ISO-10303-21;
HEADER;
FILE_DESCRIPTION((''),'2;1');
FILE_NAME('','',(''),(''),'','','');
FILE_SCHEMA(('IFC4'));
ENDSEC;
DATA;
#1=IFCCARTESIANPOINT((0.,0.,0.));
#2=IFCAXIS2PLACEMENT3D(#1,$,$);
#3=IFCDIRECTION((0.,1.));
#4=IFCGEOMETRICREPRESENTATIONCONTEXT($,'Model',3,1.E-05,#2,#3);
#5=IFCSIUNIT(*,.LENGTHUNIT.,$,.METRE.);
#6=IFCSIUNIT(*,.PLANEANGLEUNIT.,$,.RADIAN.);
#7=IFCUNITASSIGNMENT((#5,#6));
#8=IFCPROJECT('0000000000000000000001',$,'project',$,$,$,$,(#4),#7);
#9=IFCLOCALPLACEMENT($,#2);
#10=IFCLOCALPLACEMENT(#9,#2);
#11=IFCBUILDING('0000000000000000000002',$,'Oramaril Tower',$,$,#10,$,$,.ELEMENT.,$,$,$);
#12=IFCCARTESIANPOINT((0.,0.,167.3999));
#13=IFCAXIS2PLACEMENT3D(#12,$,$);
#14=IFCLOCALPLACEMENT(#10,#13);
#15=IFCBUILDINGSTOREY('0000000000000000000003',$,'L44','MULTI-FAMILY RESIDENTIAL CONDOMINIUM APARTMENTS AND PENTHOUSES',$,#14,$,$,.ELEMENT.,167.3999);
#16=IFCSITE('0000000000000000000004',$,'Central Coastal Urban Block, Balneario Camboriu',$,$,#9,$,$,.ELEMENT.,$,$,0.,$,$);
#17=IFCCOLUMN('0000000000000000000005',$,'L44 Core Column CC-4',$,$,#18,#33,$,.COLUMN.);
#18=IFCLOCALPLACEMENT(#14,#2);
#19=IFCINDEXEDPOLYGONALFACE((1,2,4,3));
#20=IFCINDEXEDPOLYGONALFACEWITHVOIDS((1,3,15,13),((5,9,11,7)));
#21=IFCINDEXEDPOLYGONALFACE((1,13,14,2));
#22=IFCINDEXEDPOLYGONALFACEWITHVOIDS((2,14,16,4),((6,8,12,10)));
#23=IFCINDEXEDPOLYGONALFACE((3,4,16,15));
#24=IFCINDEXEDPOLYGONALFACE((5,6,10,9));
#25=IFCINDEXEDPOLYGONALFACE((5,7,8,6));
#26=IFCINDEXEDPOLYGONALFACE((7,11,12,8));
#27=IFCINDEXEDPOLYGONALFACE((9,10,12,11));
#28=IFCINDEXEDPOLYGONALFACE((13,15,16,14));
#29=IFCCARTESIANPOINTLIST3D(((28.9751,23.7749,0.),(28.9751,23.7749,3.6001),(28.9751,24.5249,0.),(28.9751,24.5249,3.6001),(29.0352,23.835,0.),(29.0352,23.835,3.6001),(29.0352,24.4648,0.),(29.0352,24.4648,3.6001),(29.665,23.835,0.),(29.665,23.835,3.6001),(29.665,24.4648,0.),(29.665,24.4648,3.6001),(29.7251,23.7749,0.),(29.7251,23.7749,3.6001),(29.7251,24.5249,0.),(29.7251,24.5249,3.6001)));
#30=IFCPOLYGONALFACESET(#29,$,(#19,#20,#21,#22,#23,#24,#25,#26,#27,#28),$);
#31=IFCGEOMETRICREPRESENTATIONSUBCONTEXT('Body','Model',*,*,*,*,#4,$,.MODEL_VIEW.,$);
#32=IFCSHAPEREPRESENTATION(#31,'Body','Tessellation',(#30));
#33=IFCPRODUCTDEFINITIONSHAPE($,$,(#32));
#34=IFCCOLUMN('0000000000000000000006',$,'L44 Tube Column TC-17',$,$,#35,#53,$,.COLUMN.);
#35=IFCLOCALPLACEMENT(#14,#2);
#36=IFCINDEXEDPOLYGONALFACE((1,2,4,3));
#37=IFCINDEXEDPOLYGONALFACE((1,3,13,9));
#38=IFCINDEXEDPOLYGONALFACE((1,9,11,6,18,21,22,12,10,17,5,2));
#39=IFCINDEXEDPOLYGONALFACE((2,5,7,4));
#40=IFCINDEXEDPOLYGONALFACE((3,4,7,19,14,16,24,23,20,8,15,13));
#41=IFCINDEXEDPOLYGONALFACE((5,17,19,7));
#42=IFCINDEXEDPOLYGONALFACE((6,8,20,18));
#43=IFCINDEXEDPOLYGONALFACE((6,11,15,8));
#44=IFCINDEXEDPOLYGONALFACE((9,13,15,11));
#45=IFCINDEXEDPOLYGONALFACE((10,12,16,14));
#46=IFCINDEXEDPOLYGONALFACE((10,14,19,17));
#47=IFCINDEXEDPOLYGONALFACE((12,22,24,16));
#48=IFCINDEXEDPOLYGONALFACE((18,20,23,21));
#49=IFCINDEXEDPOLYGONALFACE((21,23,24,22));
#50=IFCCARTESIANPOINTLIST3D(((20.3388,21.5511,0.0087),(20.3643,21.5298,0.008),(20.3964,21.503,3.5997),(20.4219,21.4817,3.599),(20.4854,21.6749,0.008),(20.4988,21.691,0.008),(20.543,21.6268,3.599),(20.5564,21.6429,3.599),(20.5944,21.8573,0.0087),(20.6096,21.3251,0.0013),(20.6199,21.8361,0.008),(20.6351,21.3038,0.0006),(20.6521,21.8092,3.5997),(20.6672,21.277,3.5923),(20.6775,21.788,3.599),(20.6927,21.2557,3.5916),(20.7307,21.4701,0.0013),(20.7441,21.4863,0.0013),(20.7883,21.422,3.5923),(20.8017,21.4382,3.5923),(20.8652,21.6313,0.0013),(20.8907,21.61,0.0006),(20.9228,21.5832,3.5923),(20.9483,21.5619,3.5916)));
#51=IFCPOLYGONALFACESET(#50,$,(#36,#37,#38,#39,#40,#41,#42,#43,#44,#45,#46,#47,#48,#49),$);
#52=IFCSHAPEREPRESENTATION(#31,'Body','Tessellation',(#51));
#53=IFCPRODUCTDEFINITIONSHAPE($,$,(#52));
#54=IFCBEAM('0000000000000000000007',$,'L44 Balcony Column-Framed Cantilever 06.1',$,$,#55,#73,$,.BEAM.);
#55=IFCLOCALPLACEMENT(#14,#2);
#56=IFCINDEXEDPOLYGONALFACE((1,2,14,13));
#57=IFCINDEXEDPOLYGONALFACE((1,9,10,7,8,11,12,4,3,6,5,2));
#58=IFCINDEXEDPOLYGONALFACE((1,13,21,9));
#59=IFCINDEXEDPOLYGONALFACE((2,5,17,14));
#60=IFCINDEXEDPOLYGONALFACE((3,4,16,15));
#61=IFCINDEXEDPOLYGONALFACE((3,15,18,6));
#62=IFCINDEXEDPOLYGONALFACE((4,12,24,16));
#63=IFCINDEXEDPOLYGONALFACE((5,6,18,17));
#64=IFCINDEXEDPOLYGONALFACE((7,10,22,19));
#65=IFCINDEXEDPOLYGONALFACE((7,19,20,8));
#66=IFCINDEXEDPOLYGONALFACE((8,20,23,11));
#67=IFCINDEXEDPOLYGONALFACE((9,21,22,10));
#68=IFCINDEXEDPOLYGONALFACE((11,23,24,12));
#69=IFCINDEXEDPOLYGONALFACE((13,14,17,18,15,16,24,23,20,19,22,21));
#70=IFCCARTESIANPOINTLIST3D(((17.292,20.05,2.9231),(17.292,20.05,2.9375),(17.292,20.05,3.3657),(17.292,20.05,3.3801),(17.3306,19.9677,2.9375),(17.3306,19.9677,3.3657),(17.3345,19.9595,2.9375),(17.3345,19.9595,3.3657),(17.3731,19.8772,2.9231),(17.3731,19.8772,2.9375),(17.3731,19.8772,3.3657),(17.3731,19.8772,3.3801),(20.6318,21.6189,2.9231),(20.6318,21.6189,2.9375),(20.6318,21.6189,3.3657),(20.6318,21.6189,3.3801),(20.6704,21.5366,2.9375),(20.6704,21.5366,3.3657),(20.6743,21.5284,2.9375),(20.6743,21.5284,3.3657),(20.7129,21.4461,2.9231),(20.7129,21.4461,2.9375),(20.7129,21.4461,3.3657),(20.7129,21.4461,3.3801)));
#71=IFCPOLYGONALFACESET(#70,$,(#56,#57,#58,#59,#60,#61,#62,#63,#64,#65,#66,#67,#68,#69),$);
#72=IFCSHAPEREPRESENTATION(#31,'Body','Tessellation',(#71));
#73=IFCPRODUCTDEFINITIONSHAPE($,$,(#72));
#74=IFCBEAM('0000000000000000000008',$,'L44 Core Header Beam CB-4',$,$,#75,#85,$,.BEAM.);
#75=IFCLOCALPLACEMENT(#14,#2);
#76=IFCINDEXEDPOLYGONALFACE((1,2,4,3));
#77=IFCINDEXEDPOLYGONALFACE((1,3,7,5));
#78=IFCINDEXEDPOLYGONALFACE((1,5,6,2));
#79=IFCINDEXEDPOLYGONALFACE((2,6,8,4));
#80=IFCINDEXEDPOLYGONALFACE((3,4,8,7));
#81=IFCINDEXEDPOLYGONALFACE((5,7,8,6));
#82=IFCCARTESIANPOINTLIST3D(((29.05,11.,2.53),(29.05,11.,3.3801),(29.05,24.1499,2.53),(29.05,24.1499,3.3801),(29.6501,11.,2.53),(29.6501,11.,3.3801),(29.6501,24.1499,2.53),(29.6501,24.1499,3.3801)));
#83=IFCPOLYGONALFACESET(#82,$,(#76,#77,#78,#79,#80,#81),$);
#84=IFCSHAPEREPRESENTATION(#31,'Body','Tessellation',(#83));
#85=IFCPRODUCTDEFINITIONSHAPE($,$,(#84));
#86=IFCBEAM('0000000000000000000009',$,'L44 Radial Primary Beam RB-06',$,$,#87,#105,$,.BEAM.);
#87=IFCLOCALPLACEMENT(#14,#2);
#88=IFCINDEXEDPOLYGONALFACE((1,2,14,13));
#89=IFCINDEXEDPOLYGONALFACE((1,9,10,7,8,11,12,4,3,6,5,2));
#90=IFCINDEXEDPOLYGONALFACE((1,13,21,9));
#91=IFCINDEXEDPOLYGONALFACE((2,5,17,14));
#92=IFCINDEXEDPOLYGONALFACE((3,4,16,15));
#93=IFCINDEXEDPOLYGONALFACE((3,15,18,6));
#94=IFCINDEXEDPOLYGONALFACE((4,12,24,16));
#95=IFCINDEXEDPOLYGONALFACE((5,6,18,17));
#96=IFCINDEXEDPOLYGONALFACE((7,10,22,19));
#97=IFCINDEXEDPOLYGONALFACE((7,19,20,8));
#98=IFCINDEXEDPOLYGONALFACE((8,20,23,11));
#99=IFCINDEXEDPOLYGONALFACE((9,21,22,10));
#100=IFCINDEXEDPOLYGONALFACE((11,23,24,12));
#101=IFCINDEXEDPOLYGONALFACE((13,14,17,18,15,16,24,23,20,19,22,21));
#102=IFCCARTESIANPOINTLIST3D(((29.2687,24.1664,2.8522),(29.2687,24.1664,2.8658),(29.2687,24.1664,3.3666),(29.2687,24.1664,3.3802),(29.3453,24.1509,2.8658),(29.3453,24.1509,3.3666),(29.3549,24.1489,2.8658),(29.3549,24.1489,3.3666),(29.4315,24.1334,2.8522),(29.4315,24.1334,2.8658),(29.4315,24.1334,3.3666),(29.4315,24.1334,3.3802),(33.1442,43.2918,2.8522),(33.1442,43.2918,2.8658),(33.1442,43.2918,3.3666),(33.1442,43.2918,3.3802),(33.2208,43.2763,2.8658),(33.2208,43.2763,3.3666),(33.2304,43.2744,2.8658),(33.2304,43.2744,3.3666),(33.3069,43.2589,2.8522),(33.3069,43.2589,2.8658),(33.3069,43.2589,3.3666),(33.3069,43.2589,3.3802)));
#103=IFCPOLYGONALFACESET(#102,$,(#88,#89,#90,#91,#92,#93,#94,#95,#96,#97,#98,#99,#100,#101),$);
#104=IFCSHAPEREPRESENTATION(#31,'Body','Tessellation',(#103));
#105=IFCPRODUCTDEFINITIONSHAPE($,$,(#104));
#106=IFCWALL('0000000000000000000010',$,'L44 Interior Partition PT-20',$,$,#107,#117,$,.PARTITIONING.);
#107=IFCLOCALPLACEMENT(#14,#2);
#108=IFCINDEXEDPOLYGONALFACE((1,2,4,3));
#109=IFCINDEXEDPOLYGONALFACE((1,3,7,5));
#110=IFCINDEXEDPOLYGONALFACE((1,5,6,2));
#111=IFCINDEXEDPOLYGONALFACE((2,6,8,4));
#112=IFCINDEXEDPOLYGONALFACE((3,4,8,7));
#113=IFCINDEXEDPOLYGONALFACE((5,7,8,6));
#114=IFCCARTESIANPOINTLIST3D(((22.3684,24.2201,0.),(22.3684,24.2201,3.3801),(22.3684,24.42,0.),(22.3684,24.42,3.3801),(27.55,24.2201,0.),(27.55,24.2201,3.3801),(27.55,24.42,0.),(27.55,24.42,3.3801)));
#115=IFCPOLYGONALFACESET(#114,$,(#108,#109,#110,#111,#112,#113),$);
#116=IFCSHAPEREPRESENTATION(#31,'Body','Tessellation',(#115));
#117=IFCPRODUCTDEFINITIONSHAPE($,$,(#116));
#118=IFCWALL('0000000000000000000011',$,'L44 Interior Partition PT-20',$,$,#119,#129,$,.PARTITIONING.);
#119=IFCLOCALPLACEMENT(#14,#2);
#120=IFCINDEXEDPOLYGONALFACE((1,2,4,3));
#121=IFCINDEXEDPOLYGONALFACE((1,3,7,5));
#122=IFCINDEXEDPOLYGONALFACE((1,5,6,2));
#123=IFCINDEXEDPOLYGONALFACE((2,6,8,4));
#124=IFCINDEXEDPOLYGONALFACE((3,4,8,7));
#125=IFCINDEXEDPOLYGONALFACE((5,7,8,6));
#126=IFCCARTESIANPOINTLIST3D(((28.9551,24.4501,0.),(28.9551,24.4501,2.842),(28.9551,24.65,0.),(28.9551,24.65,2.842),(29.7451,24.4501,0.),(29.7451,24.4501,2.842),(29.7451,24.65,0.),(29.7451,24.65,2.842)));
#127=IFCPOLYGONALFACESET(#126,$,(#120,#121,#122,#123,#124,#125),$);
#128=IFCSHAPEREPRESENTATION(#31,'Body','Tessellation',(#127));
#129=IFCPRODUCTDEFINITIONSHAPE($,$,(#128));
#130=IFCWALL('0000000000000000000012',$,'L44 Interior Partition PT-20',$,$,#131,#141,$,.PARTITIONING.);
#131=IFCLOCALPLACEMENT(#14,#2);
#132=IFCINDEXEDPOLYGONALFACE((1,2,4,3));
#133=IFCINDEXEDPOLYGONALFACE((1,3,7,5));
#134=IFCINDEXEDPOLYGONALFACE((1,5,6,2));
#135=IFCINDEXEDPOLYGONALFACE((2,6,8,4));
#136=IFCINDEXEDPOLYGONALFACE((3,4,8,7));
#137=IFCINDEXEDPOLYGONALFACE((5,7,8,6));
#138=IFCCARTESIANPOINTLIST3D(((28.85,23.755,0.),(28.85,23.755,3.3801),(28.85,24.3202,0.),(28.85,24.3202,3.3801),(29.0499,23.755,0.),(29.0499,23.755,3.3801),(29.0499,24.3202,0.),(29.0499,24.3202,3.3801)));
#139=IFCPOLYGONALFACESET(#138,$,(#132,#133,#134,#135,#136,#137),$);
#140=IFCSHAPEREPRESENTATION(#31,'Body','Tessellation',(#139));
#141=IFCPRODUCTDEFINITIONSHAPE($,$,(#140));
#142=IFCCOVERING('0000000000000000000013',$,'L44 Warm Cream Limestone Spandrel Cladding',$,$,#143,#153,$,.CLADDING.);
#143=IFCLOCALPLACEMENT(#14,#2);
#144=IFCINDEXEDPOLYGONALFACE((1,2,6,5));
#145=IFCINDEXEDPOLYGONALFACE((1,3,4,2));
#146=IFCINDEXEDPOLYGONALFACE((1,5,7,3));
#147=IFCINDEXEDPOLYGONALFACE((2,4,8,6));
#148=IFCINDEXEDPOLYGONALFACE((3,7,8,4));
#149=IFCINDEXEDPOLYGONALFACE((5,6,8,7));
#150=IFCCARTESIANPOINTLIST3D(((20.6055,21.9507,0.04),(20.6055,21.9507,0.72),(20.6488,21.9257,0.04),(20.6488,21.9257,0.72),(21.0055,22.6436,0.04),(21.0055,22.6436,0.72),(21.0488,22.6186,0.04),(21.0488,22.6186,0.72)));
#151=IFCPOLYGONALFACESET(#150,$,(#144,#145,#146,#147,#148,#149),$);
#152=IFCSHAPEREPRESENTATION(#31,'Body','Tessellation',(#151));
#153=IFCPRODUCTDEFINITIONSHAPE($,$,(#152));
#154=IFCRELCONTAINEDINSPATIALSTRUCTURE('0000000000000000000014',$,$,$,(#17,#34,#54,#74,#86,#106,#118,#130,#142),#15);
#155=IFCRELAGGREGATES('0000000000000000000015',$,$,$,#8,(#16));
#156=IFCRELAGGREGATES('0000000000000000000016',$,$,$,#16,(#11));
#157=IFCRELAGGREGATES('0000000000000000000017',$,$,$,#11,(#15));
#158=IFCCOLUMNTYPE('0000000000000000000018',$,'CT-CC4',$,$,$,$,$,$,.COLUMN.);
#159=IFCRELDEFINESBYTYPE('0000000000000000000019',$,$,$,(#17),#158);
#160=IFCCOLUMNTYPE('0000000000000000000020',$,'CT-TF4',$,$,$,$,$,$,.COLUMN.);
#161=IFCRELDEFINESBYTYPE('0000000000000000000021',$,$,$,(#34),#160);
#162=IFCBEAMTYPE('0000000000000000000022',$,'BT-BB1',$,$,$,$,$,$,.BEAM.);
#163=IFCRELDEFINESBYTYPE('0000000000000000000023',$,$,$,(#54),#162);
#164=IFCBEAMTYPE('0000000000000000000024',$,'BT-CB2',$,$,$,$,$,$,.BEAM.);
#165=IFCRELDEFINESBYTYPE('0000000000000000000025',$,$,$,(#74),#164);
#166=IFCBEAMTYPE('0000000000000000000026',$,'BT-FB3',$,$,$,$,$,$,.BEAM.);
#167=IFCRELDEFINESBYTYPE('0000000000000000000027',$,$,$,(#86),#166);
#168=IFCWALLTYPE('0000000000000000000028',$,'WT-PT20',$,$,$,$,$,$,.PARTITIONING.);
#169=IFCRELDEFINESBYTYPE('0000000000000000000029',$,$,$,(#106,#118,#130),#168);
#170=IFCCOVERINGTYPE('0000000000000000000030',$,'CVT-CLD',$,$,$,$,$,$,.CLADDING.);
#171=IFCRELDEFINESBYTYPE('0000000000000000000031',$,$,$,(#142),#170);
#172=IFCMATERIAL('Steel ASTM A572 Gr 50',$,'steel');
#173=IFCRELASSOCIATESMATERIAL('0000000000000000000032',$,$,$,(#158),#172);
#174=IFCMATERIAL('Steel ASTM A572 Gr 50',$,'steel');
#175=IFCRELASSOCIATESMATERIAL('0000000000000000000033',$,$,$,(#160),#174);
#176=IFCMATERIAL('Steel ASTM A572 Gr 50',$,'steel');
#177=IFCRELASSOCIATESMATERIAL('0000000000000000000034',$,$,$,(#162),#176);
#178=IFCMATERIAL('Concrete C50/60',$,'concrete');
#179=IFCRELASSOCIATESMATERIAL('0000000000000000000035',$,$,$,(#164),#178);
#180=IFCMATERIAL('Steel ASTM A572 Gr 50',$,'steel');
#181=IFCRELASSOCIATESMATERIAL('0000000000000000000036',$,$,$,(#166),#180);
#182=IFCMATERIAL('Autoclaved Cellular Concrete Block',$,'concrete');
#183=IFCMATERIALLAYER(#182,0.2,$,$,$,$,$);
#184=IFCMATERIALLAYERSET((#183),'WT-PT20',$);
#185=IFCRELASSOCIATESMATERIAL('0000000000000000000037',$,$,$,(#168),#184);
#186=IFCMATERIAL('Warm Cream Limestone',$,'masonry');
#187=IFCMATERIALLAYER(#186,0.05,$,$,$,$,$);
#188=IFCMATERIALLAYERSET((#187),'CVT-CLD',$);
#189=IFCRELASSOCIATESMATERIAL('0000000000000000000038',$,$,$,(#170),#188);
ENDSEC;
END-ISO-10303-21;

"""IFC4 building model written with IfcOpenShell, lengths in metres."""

from ifc_helpers import new_model, si_unit, direction, frame, frame_2d, origin, origin_2d, place, context, subcontext, project, spatial, rectangle, hollow_rectangle, i_section, extrude, material, layer, layer_set, material_profile, profile_set, type_object, element, save


model = new_model("IFC4")

# Units and contexts
model_context = context("Model", 3, precision=1e-05, world=origin(), true_north=direction((0.0, 1.0)))
body_context = subcontext(model_context, "Body", "Model", "MODEL_VIEW")
ifc_project = project(units=[si_unit("LENGTHUNIT", "METRE"), si_unit("PLANEANGLEUNIT", "RADIAN")], contexts=[model_context])

# Site, building, storey
site_placement = place(None, origin())
site = spatial("IfcSite", under=ifc_project, at=site_placement, Name="Central Coastal Urban Block, Balneario Camboriu", CompositionType="ELEMENT", RefElevation=0.0)
building_placement = place(site_placement, origin())
building = spatial("IfcBuilding", under=site, at=building_placement, Name="Oramaril Tower", CompositionType="ELEMENT")
storey_placement = place(building_placement, frame((0.0, 0.0, 167.3999)))
storey = spatial("IfcBuildingStorey", under=building, at=storey_placement, Name="L44", Description="MULTI-FAMILY RESIDENTIAL CONDOMINIUM APARTMENTS AND PENTHOUSES", CompositionType="ELEMENT", Elevation=167.3999)

# Columns
ifc_material_1 = material(Name="Steel ASTM A572 Gr 50", Category="steel")
ifc_material_profile_1 = material_profile(ifc_material_1, hollow_rectangle(XDim=0.75, YDim=0.75, WallThickness=0.0601, at=origin_2d()), Name="BOX750X750X60")
ifc_profile_set_1 = profile_set([ifc_material_profile_1], Name="Steel ASTM A572 Gr 50")
column_type_1 = type_object("IfcColumnType", Name="CT-CC4", PredefinedType="COLUMN", material=ifc_profile_set_1)
column_1_placement = place(storey_placement, frame((29.3501, 24.1499, 0.0), z_axis=(0.0, 0.0, 1.0), x_axis=(1.0, 0.0, 0.0)))
element("IfcColumn", 1, at=column_1_placement, inside=storey, type_object=column_type_1, Name="L44 Core Column CC-4", PredefinedType="COLUMN", context=body_context, shape_type="SweptSolid", body=[
    extrude(hollow_rectangle(XDim=0.75, YDim=0.75, WallThickness=0.0601, at=origin_2d()), origin(), (0.0, 0.0, 1.0), 3.6001),
])
ifc_material_2 = material(Name="Steel ASTM A572 Gr 50", Category="steel")
ifc_material_profile_2 = material_profile(ifc_material_2, i_section(OverallWidth=0.3989, OverallDepth=0.386, WebThickness=0.021, FlangeThickness=0.0332, at=origin_2d()), Name="W14X176")
ifc_profile_set_2 = profile_set([ifc_material_profile_2], Name="Steel ASTM A572 Gr 50")
column_type_2 = type_object("IfcColumnType", Name="CT-TF4", PredefinedType="COLUMN", material=ifc_profile_set_2)
column_2_placement = place(storey_placement, frame((20.6147, 21.5806, 0.0046), z_axis=(0.016041, -0.01339, 0.999782), x_axis=(0.640824, 0.767688, 0.0)))
element("IfcColumn", 2, at=column_2_placement, inside=storey, type_object=column_type_2, Name="L44 Tube Column TC-17", PredefinedType="COLUMN", context=body_context, shape_type="SweptSolid", body=[
    extrude(i_section(OverallWidth=0.3989, OverallDepth=0.386, WebThickness=0.021, FlangeThickness=0.0332, at=origin_2d()), origin(), (0.0, 0.0, 1.0), 3.5918),
])

# Beams
ifc_material_3 = material(Name="Steel ASTM A572 Gr 50", Category="steel")
ifc_material_profile_3 = material_profile(ifc_material_3, i_section(OverallWidth=0.1909, OverallDepth=0.457, WebThickness=0.009, FlangeThickness=0.0144, at=origin_2d()), Name="W18X50")
ifc_profile_set_3 = profile_set([ifc_material_profile_3], Name="Steel ASTM A572 Gr 50")
beam_type_1 = type_object("IfcBeamType", Name="BT-BB1", PredefinedType="BEAM", material=ifc_profile_set_3)
beam_1_placement = place(storey_placement, frame((20.6724, 21.5325, 3.1516), z_axis=(-0.905115, -0.425166, 0.0), x_axis=(0.425166, -0.905115, 0.0)))
element("IfcBeam", 3, at=beam_1_placement, inside=storey, type_object=beam_type_1, Name="L44 Balcony Column-Framed Cantilever 06.1", PredefinedType="BEAM", context=body_context, shape_type="SweptSolid", body=[
    extrude(i_section(OverallWidth=0.1909, OverallDepth=0.457, WebThickness=0.009, FlangeThickness=0.0144, at=origin_2d()), origin(), (0.0, 0.0, 1.0), 3.6899),
])
ifc_material_4 = material(Name="Concrete C50/60", Category="concrete")
ifc_material_profile_4 = material_profile(ifc_material_4, rectangle(XDim=0.6001, YDim=0.8501, at=origin_2d()), Name="CB600X850")
ifc_profile_set_4 = profile_set([ifc_material_profile_4], Name="Concrete C50/60")
beam_type_2 = type_object("IfcBeamType", Name="BT-CB2", PredefinedType="BEAM", material=ifc_profile_set_4)
beam_2_placement = place(storey_placement, frame((29.3501, 24.1499, 2.9551), z_axis=(0.0, -1.0, 0.0), x_axis=(1.0, 0.0, 0.0)))
element("IfcBeam", 4, at=beam_2_placement, inside=storey, type_object=beam_type_2, Name="L44 Core Header Beam CB-4", PredefinedType="BEAM", context=body_context, shape_type="SweptSolid", body=[
    extrude(rectangle(XDim=0.6001, YDim=0.8501, at=origin_2d()), origin(), (0.0, 0.0, 1.0), 13.1499),
])
ifc_material_5 = material(Name="Steel ASTM A572 Gr 50", Category="steel")
ifc_material_profile_5 = material_profile(ifc_material_5, i_section(OverallWidth=0.166, OverallDepth=0.5281, WebThickness=0.0098, FlangeThickness=0.0137, at=origin_2d()), Name="W21X50")
ifc_profile_set_5 = profile_set([ifc_material_profile_5], Name="Steel ASTM A572 Gr 50")
beam_type_3 = type_object("IfcBeamType", Name="BT-FB3", PredefinedType="BEAM", material=ifc_profile_set_5)
beam_3_placement = place(storey_placement, frame((29.3501, 24.1499, 3.1162), z_axis=(0.198598, 0.980081, 0.0), x_axis=(-0.980081, 0.198598, 0.0)))
element("IfcBeam", 5, at=beam_3_placement, inside=storey, type_object=beam_type_3, Name="L44 Radial Primary Beam RB-06", PredefinedType="BEAM", context=body_context, shape_type="SweptSolid", body=[
    extrude(i_section(OverallWidth=0.166, OverallDepth=0.5281, WebThickness=0.0098, FlangeThickness=0.0137, at=origin_2d()), origin(), (0.0, 0.0, 1.0), 19.5142),
])

# Walls
ifc_material_6 = material(Name="Autoclaved Cellular Concrete Block", Category="concrete")
ifc_layer_1 = layer(ifc_material_6, 0.2)
ifc_layer_set_1 = layer_set([ifc_layer_1], Name="WT-PT20")
wall_type_1 = type_object("IfcWallType", Name="WT-PT20", PredefinedType="PARTITIONING", material=ifc_layer_set_1)
wall_1_placement = place(storey_placement, frame((22.3684, 24.3201, 0.0), z_axis=(0.0, 0.0, 1.0), x_axis=(1.0, 0.0, 0.0)))
element("IfcWall", 6, at=wall_1_placement, inside=storey, type_object=wall_type_1, Name="L44 Interior Partition PT-20", PredefinedType="PARTITIONING", context=body_context, shape_type="SweptSolid", body=[
    extrude(rectangle(XDim=5.1816, YDim=0.2, at=frame_2d((2.5908, 0.0))), origin(), (0.0, 0.0, 1.0), 3.3801),
])
wall_2_placement = place(storey_placement, frame((28.9551, 24.55, 0.0), z_axis=(0.0, 0.0, 1.0), x_axis=(1.0, 0.0, 0.0)))
element("IfcWall", 7, at=wall_2_placement, inside=storey, type_object=wall_type_1, Name="L44 Interior Partition PT-20", PredefinedType="PARTITIONING", context=body_context, shape_type="SweptSolid", body=[
    extrude(rectangle(XDim=0.79, YDim=0.2, at=frame_2d((0.395, 0.0))), origin(), (0.0, 0.0, 1.0), 2.842),
])

# Wall
wall_3_placement = place(storey_placement, frame((28.95, 23.7549, 0.0), z_axis=(0.0, 0.0, 1.0), x_axis=(0.0, 1.0, 0.0)))
element("IfcWall", 8, at=wall_3_placement, inside=storey, type_object=wall_type_1, Name="L44 Interior Partition PT-20", PredefinedType="PARTITIONING", context=body_context, shape_type="SweptSolid", body=[
    extrude(rectangle(XDim=0.5652, YDim=0.2, at=frame_2d((0.2827, 0.0))), origin(), (0.0, 0.0, 1.0), 3.3801),
])

# Covering
ifc_material_7 = material(Name="Warm Cream Limestone", Category="masonry")
ifc_layer_2 = layer(ifc_material_7, 0.05)
ifc_layer_set_2 = layer_set([ifc_layer_2], Name="CVT-CLD")
covering_type = type_object("IfcCoveringType", Name="CVT-CLD", PredefinedType="CLADDING", material=ifc_layer_set_2)
covering_placement = place(storey_placement, frame((20.8271, 22.2847, 0.04), z_axis=(0.0, 0.0, 1.0), x_axis=(-0.5, -0.866025, 0.0)))
element("IfcCovering", 9, at=covering_placement, inside=storey, type_object=covering_type, Name="L44 Warm Cream Limestone Spandrel Cladding", PredefinedType="CLADDING", context=body_context, shape_type="SweptSolid", body=[
    extrude(rectangle(XDim=0.8, YDim=0.05, at=origin_2d()), origin(), (0.0, 0.0, 1.0), 0.6799),
])

save(model, "model.ifc")
